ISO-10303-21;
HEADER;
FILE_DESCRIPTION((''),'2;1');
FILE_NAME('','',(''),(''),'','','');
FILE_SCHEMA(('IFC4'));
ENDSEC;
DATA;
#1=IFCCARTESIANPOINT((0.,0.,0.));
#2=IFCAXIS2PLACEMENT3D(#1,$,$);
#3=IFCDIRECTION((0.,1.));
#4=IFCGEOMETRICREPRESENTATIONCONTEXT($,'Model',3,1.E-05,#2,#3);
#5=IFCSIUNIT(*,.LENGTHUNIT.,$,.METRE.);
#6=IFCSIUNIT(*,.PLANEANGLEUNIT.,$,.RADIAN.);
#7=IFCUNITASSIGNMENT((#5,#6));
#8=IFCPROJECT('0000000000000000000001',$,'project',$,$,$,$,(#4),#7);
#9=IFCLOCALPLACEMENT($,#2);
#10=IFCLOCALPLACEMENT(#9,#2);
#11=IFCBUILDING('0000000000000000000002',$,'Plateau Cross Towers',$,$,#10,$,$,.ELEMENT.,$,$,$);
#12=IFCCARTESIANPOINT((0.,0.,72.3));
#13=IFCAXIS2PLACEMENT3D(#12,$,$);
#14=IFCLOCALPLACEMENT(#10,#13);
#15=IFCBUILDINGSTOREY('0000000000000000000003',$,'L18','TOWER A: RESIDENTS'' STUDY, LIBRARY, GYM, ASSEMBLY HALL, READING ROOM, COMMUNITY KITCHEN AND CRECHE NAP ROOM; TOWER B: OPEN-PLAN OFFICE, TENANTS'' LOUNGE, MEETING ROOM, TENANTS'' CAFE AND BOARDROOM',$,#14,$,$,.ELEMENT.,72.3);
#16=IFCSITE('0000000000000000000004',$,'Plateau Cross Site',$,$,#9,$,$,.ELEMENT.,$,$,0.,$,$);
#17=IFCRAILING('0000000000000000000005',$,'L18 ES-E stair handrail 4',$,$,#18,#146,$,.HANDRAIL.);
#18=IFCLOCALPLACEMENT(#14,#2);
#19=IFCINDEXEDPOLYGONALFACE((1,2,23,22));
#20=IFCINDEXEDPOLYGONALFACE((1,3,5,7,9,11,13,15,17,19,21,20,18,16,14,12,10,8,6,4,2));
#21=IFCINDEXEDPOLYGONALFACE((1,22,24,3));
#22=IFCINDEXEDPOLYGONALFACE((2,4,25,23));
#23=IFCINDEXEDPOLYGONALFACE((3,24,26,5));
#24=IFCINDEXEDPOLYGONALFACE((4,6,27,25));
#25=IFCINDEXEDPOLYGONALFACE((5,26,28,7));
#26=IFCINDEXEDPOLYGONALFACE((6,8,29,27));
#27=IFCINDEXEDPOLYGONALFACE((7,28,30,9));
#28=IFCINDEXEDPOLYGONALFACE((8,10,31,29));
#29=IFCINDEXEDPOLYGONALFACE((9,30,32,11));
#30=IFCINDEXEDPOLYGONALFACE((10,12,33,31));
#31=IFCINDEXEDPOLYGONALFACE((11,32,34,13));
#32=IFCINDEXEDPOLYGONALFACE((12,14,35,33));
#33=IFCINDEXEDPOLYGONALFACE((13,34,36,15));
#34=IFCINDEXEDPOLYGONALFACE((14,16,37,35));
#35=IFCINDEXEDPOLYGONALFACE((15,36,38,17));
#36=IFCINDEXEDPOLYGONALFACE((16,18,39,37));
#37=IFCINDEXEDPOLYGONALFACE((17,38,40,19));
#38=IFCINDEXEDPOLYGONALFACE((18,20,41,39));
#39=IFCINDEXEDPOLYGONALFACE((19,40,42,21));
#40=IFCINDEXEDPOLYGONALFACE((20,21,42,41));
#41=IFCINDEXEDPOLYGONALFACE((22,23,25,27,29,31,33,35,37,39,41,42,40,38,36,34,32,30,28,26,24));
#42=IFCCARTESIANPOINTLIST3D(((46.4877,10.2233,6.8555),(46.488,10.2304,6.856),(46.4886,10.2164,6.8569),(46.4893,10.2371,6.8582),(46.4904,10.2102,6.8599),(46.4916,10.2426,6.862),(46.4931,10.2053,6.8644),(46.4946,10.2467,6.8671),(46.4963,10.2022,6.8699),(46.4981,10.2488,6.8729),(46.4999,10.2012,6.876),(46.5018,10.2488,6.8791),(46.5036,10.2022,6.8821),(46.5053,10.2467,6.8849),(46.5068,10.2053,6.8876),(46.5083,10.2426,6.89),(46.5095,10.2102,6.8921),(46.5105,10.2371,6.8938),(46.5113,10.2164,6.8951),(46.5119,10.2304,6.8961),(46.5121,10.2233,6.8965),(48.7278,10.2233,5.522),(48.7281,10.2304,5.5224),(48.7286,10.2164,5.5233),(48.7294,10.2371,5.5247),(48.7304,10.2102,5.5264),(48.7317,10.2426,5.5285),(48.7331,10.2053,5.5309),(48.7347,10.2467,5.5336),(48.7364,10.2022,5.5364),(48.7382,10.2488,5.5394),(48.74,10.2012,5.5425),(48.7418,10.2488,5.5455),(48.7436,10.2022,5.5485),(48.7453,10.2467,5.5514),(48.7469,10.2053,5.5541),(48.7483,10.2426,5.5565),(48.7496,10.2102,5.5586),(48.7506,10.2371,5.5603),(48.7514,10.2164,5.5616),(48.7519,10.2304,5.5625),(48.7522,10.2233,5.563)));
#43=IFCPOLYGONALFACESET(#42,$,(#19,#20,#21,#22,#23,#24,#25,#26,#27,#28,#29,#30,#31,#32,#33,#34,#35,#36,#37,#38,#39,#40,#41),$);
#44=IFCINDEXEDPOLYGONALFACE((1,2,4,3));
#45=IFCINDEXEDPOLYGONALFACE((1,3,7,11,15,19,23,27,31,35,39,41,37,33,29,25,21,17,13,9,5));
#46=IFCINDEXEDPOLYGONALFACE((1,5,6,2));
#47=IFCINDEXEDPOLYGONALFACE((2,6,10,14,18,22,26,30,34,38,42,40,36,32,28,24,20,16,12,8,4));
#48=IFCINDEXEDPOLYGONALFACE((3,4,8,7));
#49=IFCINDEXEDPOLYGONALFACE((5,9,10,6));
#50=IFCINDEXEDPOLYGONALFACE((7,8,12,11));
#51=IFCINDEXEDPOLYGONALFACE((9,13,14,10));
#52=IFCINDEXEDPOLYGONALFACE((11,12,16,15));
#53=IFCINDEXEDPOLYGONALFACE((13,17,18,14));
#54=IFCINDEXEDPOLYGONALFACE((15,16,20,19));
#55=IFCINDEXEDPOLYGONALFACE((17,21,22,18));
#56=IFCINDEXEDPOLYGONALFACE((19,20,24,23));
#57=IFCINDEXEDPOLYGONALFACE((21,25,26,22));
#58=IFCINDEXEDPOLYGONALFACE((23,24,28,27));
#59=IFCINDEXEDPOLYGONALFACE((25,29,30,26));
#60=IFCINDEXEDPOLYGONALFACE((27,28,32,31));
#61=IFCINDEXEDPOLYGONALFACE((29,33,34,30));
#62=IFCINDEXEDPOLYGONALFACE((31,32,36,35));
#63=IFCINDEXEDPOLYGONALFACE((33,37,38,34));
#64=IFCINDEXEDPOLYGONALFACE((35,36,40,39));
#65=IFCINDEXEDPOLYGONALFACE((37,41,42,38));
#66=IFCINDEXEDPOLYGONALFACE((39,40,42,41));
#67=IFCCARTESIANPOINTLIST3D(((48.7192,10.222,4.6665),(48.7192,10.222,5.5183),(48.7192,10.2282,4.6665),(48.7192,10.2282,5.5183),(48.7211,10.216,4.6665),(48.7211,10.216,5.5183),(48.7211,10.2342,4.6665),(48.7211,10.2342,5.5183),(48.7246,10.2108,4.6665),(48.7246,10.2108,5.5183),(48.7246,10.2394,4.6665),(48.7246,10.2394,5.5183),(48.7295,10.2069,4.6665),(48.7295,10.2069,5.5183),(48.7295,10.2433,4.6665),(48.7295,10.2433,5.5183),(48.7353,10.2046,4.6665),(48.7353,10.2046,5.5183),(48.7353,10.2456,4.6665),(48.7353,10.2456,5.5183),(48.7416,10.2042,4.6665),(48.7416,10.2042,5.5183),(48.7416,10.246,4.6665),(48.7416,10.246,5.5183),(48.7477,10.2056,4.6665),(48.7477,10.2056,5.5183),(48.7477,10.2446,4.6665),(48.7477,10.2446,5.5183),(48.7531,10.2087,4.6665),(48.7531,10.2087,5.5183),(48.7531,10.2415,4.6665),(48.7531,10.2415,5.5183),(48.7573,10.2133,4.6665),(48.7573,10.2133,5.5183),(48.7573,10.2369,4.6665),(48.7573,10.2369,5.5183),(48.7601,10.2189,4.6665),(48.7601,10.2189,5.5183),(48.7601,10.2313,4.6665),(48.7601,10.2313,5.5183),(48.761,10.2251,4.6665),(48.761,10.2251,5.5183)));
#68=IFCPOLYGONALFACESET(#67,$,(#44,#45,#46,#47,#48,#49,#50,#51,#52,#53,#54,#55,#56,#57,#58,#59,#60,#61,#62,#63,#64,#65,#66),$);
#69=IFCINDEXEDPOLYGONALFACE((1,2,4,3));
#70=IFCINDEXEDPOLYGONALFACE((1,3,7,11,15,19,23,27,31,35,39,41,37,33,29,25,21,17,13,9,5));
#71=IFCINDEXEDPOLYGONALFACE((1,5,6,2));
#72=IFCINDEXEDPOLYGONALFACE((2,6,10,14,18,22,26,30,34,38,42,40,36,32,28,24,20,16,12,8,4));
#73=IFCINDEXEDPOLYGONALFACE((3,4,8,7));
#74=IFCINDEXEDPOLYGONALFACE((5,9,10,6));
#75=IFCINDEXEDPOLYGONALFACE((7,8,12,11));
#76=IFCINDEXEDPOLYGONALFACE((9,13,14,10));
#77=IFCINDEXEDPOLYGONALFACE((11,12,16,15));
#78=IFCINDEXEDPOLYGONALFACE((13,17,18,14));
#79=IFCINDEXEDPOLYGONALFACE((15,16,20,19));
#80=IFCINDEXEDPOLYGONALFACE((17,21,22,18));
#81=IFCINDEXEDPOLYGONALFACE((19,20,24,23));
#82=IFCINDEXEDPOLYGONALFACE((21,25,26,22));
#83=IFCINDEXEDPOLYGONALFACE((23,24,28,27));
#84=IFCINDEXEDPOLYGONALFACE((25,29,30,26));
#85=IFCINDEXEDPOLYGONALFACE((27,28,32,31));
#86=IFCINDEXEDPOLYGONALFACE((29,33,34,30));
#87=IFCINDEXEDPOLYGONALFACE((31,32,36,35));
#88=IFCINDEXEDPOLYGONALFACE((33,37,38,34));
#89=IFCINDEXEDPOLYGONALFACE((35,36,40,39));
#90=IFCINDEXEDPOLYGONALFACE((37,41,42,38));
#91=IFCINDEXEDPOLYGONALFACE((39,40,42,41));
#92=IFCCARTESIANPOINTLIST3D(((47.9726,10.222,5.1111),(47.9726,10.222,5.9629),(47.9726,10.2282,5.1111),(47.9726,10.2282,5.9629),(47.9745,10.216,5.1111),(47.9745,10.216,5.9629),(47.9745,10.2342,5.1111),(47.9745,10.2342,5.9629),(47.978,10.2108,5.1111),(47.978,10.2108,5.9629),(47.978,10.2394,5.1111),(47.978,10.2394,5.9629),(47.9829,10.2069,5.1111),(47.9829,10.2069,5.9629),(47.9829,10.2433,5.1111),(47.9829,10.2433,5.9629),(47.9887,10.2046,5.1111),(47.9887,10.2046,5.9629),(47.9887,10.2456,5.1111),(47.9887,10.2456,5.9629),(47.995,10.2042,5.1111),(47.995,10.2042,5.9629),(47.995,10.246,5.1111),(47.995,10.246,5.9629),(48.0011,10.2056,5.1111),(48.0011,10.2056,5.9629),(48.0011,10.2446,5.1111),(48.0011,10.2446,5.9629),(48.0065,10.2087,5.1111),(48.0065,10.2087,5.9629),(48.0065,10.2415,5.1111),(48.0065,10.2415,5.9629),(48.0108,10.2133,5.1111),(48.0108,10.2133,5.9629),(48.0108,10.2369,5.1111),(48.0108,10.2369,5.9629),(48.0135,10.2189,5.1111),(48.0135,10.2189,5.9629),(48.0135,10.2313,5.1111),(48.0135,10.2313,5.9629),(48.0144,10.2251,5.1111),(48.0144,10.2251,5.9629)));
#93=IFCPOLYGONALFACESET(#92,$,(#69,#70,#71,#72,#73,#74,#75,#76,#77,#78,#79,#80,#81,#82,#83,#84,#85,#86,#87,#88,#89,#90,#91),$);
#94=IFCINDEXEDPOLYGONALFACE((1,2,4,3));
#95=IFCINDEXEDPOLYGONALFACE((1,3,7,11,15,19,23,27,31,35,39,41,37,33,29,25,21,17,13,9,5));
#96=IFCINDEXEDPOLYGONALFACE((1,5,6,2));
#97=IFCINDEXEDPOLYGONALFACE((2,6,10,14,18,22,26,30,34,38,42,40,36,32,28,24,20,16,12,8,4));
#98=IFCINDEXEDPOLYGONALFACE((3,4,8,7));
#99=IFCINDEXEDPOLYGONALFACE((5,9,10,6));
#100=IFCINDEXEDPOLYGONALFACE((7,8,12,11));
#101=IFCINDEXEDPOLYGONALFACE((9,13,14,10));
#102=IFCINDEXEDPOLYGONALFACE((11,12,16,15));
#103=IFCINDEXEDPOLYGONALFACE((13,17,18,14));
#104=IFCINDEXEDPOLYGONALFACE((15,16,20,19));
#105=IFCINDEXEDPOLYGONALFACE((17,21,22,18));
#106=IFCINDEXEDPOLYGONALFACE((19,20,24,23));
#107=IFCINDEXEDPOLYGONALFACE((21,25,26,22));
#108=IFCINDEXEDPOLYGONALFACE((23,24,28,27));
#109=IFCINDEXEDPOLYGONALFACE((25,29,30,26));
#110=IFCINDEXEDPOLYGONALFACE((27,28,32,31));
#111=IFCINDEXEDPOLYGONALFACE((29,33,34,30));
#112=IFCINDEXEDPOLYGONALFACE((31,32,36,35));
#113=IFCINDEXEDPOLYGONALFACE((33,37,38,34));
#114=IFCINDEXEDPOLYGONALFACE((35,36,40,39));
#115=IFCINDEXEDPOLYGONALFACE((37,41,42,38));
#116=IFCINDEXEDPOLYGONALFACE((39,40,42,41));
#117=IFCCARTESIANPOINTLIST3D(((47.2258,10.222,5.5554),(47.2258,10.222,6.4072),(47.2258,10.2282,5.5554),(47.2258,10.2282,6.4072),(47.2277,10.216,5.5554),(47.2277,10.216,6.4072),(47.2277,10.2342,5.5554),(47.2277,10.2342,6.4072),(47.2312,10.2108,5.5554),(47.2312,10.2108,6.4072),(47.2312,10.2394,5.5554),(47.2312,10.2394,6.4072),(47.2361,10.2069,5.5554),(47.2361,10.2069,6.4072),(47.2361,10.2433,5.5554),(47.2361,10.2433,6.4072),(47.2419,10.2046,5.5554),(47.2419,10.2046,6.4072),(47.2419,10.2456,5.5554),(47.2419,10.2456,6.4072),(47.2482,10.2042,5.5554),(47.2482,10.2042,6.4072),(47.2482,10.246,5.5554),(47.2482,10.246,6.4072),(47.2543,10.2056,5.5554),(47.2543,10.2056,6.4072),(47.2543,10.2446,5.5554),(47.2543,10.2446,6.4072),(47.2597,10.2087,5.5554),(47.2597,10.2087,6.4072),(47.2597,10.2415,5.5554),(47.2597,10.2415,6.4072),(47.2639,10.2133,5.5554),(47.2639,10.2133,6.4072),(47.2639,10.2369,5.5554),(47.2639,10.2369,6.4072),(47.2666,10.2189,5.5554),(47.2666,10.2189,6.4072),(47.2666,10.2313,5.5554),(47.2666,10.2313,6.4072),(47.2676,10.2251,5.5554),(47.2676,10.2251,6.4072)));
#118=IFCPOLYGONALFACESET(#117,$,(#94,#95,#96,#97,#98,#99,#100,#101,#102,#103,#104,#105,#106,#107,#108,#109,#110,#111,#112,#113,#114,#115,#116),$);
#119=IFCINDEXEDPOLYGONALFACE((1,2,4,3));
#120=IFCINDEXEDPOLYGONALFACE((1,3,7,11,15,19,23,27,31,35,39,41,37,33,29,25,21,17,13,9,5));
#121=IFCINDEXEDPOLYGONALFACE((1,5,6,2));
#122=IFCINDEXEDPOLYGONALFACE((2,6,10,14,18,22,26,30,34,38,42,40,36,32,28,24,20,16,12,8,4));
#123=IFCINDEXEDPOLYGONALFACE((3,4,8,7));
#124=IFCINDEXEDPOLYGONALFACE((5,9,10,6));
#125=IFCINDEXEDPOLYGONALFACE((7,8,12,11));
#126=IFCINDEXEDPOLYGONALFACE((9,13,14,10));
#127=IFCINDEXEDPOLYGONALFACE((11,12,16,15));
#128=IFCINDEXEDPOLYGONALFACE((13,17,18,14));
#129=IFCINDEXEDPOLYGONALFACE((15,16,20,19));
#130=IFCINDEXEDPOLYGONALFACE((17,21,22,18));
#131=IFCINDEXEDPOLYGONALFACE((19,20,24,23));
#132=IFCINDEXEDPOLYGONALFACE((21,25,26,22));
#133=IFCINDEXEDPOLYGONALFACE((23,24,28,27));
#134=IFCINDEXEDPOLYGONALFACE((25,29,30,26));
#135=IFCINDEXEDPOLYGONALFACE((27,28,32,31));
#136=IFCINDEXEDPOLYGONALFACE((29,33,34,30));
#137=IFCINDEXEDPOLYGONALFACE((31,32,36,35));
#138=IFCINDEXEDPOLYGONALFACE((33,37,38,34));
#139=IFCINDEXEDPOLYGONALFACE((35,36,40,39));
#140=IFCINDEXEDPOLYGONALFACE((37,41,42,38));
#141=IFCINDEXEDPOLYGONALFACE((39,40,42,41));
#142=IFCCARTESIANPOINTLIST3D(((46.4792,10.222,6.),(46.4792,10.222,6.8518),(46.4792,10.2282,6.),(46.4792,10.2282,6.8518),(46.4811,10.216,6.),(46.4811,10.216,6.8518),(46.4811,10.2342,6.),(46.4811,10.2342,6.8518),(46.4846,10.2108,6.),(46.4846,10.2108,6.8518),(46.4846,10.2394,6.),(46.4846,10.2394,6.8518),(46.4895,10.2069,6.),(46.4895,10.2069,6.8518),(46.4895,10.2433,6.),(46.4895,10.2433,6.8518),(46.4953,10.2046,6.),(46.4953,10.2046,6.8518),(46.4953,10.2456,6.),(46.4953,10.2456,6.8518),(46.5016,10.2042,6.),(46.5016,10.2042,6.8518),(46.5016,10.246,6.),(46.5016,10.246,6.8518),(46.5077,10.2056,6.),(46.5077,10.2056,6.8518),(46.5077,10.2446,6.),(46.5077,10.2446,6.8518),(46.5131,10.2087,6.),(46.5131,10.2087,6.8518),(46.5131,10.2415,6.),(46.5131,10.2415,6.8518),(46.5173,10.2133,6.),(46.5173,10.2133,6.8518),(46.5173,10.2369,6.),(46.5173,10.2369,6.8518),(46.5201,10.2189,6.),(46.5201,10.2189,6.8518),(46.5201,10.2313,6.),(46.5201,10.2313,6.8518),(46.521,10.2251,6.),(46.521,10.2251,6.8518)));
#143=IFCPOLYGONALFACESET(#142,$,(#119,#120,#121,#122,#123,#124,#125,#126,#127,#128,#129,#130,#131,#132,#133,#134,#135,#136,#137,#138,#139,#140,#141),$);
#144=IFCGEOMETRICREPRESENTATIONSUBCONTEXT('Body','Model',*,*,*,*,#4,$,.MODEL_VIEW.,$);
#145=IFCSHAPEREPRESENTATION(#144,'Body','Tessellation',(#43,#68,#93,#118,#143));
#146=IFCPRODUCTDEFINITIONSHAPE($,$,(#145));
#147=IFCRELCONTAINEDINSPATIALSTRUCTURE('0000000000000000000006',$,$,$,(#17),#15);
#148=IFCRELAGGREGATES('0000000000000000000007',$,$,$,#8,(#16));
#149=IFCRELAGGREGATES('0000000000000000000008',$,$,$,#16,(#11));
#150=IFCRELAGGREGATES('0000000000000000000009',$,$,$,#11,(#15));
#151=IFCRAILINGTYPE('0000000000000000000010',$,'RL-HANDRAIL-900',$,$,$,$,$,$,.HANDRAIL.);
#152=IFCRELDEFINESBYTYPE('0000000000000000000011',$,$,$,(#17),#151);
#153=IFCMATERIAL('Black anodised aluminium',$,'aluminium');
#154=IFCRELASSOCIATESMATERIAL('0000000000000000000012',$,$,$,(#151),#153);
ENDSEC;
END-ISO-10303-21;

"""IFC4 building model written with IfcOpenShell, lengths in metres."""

from ifc_helpers import new_model, si_unit, direction, frame, origin, origin_2d, place, context, subcontext, project, spatial, circle, extrude, material, type_object, element, save


model = new_model("IFC4")

# Units and contexts
model_context = context("Model", 3, precision=1e-05, world=origin(), true_north=direction((0.0, 1.0)))
body_context = subcontext(model_context, "Body", "Model", "MODEL_VIEW")
ifc_project = project(units=[si_unit("LENGTHUNIT", "METRE"), si_unit("PLANEANGLEUNIT", "RADIAN")], contexts=[model_context])

# Site, building, storey
site_placement = place(None, origin())
site = spatial("IfcSite", under=ifc_project, at=site_placement, Name="Plateau Cross Site", CompositionType="ELEMENT", RefElevation=0.0)
building_placement = place(site_placement, origin())
building = spatial("IfcBuilding", under=site, at=building_placement, Name="Plateau Cross Towers", CompositionType="ELEMENT")
storey_placement = place(building_placement, frame((0.0, 0.0, 72.3)))
storey = spatial("IfcBuildingStorey", under=building, at=storey_placement, Name="L18", Description="TOWER A: RESIDENTS' STUDY, LIBRARY, GYM, ASSEMBLY HALL, READING ROOM, COMMUNITY KITCHEN AND CRECHE NAP ROOM; TOWER B: OPEN-PLAN OFFICE, TENANTS' LOUNGE, MEETING ROOM, TENANTS' CAFE AND BOARDROOM", CompositionType="ELEMENT", Elevation=72.3)

# Shared definitions
ifc_material_1 = material(Name="Black anodised aluminium", Category="aluminium")

# Railing
railing_type_1 = type_object("IfcRailingType", Name="RL-HANDRAIL-900", PredefinedType="HANDRAIL", material=ifc_material_1)
for number, where, name in (
    (1, (48.74, 10.2251, 4.6665), "L18 ES-E stair handrail 4"),
):
    element("IfcRailing", number, at=place(storey_placement, frame(where)), inside=storey, type_object=railing_type_1, Name=name, PredefinedType="HANDRAIL", context=body_context, shape_type="SweptSolid", body=[
        extrude(circle(Radius=0.0239, at=origin_2d()), frame((0.0, 0.0, 0.876), z_axis=(-0.859264, 0.0, 0.511532), x_axis=(0.0, -1.0, 0.0)), (0.0, 0.0, 1.0), 2.6069),
        extrude(circle(Radius=0.021, at=origin_2d()), origin(), (0.0, 0.0, 1.0), 0.8518),
        extrude(circle(Radius=0.021, at=origin_2d()), frame((-0.7466, 0.0, 0.4446)), (0.0, 0.0, 1.0), 0.8518),
        extrude(circle(Radius=0.021, at=origin_2d()), frame((-1.4934, 0.0, 0.8889)), (0.0, 0.0, 1.0), 0.8518),
        extrude(circle(Radius=0.021, at=origin_2d()), frame((-2.24, 0.0, 1.3335)), (0.0, 0.0, 1.0), 0.8518),
    ])

save(model, "model.ifc")
